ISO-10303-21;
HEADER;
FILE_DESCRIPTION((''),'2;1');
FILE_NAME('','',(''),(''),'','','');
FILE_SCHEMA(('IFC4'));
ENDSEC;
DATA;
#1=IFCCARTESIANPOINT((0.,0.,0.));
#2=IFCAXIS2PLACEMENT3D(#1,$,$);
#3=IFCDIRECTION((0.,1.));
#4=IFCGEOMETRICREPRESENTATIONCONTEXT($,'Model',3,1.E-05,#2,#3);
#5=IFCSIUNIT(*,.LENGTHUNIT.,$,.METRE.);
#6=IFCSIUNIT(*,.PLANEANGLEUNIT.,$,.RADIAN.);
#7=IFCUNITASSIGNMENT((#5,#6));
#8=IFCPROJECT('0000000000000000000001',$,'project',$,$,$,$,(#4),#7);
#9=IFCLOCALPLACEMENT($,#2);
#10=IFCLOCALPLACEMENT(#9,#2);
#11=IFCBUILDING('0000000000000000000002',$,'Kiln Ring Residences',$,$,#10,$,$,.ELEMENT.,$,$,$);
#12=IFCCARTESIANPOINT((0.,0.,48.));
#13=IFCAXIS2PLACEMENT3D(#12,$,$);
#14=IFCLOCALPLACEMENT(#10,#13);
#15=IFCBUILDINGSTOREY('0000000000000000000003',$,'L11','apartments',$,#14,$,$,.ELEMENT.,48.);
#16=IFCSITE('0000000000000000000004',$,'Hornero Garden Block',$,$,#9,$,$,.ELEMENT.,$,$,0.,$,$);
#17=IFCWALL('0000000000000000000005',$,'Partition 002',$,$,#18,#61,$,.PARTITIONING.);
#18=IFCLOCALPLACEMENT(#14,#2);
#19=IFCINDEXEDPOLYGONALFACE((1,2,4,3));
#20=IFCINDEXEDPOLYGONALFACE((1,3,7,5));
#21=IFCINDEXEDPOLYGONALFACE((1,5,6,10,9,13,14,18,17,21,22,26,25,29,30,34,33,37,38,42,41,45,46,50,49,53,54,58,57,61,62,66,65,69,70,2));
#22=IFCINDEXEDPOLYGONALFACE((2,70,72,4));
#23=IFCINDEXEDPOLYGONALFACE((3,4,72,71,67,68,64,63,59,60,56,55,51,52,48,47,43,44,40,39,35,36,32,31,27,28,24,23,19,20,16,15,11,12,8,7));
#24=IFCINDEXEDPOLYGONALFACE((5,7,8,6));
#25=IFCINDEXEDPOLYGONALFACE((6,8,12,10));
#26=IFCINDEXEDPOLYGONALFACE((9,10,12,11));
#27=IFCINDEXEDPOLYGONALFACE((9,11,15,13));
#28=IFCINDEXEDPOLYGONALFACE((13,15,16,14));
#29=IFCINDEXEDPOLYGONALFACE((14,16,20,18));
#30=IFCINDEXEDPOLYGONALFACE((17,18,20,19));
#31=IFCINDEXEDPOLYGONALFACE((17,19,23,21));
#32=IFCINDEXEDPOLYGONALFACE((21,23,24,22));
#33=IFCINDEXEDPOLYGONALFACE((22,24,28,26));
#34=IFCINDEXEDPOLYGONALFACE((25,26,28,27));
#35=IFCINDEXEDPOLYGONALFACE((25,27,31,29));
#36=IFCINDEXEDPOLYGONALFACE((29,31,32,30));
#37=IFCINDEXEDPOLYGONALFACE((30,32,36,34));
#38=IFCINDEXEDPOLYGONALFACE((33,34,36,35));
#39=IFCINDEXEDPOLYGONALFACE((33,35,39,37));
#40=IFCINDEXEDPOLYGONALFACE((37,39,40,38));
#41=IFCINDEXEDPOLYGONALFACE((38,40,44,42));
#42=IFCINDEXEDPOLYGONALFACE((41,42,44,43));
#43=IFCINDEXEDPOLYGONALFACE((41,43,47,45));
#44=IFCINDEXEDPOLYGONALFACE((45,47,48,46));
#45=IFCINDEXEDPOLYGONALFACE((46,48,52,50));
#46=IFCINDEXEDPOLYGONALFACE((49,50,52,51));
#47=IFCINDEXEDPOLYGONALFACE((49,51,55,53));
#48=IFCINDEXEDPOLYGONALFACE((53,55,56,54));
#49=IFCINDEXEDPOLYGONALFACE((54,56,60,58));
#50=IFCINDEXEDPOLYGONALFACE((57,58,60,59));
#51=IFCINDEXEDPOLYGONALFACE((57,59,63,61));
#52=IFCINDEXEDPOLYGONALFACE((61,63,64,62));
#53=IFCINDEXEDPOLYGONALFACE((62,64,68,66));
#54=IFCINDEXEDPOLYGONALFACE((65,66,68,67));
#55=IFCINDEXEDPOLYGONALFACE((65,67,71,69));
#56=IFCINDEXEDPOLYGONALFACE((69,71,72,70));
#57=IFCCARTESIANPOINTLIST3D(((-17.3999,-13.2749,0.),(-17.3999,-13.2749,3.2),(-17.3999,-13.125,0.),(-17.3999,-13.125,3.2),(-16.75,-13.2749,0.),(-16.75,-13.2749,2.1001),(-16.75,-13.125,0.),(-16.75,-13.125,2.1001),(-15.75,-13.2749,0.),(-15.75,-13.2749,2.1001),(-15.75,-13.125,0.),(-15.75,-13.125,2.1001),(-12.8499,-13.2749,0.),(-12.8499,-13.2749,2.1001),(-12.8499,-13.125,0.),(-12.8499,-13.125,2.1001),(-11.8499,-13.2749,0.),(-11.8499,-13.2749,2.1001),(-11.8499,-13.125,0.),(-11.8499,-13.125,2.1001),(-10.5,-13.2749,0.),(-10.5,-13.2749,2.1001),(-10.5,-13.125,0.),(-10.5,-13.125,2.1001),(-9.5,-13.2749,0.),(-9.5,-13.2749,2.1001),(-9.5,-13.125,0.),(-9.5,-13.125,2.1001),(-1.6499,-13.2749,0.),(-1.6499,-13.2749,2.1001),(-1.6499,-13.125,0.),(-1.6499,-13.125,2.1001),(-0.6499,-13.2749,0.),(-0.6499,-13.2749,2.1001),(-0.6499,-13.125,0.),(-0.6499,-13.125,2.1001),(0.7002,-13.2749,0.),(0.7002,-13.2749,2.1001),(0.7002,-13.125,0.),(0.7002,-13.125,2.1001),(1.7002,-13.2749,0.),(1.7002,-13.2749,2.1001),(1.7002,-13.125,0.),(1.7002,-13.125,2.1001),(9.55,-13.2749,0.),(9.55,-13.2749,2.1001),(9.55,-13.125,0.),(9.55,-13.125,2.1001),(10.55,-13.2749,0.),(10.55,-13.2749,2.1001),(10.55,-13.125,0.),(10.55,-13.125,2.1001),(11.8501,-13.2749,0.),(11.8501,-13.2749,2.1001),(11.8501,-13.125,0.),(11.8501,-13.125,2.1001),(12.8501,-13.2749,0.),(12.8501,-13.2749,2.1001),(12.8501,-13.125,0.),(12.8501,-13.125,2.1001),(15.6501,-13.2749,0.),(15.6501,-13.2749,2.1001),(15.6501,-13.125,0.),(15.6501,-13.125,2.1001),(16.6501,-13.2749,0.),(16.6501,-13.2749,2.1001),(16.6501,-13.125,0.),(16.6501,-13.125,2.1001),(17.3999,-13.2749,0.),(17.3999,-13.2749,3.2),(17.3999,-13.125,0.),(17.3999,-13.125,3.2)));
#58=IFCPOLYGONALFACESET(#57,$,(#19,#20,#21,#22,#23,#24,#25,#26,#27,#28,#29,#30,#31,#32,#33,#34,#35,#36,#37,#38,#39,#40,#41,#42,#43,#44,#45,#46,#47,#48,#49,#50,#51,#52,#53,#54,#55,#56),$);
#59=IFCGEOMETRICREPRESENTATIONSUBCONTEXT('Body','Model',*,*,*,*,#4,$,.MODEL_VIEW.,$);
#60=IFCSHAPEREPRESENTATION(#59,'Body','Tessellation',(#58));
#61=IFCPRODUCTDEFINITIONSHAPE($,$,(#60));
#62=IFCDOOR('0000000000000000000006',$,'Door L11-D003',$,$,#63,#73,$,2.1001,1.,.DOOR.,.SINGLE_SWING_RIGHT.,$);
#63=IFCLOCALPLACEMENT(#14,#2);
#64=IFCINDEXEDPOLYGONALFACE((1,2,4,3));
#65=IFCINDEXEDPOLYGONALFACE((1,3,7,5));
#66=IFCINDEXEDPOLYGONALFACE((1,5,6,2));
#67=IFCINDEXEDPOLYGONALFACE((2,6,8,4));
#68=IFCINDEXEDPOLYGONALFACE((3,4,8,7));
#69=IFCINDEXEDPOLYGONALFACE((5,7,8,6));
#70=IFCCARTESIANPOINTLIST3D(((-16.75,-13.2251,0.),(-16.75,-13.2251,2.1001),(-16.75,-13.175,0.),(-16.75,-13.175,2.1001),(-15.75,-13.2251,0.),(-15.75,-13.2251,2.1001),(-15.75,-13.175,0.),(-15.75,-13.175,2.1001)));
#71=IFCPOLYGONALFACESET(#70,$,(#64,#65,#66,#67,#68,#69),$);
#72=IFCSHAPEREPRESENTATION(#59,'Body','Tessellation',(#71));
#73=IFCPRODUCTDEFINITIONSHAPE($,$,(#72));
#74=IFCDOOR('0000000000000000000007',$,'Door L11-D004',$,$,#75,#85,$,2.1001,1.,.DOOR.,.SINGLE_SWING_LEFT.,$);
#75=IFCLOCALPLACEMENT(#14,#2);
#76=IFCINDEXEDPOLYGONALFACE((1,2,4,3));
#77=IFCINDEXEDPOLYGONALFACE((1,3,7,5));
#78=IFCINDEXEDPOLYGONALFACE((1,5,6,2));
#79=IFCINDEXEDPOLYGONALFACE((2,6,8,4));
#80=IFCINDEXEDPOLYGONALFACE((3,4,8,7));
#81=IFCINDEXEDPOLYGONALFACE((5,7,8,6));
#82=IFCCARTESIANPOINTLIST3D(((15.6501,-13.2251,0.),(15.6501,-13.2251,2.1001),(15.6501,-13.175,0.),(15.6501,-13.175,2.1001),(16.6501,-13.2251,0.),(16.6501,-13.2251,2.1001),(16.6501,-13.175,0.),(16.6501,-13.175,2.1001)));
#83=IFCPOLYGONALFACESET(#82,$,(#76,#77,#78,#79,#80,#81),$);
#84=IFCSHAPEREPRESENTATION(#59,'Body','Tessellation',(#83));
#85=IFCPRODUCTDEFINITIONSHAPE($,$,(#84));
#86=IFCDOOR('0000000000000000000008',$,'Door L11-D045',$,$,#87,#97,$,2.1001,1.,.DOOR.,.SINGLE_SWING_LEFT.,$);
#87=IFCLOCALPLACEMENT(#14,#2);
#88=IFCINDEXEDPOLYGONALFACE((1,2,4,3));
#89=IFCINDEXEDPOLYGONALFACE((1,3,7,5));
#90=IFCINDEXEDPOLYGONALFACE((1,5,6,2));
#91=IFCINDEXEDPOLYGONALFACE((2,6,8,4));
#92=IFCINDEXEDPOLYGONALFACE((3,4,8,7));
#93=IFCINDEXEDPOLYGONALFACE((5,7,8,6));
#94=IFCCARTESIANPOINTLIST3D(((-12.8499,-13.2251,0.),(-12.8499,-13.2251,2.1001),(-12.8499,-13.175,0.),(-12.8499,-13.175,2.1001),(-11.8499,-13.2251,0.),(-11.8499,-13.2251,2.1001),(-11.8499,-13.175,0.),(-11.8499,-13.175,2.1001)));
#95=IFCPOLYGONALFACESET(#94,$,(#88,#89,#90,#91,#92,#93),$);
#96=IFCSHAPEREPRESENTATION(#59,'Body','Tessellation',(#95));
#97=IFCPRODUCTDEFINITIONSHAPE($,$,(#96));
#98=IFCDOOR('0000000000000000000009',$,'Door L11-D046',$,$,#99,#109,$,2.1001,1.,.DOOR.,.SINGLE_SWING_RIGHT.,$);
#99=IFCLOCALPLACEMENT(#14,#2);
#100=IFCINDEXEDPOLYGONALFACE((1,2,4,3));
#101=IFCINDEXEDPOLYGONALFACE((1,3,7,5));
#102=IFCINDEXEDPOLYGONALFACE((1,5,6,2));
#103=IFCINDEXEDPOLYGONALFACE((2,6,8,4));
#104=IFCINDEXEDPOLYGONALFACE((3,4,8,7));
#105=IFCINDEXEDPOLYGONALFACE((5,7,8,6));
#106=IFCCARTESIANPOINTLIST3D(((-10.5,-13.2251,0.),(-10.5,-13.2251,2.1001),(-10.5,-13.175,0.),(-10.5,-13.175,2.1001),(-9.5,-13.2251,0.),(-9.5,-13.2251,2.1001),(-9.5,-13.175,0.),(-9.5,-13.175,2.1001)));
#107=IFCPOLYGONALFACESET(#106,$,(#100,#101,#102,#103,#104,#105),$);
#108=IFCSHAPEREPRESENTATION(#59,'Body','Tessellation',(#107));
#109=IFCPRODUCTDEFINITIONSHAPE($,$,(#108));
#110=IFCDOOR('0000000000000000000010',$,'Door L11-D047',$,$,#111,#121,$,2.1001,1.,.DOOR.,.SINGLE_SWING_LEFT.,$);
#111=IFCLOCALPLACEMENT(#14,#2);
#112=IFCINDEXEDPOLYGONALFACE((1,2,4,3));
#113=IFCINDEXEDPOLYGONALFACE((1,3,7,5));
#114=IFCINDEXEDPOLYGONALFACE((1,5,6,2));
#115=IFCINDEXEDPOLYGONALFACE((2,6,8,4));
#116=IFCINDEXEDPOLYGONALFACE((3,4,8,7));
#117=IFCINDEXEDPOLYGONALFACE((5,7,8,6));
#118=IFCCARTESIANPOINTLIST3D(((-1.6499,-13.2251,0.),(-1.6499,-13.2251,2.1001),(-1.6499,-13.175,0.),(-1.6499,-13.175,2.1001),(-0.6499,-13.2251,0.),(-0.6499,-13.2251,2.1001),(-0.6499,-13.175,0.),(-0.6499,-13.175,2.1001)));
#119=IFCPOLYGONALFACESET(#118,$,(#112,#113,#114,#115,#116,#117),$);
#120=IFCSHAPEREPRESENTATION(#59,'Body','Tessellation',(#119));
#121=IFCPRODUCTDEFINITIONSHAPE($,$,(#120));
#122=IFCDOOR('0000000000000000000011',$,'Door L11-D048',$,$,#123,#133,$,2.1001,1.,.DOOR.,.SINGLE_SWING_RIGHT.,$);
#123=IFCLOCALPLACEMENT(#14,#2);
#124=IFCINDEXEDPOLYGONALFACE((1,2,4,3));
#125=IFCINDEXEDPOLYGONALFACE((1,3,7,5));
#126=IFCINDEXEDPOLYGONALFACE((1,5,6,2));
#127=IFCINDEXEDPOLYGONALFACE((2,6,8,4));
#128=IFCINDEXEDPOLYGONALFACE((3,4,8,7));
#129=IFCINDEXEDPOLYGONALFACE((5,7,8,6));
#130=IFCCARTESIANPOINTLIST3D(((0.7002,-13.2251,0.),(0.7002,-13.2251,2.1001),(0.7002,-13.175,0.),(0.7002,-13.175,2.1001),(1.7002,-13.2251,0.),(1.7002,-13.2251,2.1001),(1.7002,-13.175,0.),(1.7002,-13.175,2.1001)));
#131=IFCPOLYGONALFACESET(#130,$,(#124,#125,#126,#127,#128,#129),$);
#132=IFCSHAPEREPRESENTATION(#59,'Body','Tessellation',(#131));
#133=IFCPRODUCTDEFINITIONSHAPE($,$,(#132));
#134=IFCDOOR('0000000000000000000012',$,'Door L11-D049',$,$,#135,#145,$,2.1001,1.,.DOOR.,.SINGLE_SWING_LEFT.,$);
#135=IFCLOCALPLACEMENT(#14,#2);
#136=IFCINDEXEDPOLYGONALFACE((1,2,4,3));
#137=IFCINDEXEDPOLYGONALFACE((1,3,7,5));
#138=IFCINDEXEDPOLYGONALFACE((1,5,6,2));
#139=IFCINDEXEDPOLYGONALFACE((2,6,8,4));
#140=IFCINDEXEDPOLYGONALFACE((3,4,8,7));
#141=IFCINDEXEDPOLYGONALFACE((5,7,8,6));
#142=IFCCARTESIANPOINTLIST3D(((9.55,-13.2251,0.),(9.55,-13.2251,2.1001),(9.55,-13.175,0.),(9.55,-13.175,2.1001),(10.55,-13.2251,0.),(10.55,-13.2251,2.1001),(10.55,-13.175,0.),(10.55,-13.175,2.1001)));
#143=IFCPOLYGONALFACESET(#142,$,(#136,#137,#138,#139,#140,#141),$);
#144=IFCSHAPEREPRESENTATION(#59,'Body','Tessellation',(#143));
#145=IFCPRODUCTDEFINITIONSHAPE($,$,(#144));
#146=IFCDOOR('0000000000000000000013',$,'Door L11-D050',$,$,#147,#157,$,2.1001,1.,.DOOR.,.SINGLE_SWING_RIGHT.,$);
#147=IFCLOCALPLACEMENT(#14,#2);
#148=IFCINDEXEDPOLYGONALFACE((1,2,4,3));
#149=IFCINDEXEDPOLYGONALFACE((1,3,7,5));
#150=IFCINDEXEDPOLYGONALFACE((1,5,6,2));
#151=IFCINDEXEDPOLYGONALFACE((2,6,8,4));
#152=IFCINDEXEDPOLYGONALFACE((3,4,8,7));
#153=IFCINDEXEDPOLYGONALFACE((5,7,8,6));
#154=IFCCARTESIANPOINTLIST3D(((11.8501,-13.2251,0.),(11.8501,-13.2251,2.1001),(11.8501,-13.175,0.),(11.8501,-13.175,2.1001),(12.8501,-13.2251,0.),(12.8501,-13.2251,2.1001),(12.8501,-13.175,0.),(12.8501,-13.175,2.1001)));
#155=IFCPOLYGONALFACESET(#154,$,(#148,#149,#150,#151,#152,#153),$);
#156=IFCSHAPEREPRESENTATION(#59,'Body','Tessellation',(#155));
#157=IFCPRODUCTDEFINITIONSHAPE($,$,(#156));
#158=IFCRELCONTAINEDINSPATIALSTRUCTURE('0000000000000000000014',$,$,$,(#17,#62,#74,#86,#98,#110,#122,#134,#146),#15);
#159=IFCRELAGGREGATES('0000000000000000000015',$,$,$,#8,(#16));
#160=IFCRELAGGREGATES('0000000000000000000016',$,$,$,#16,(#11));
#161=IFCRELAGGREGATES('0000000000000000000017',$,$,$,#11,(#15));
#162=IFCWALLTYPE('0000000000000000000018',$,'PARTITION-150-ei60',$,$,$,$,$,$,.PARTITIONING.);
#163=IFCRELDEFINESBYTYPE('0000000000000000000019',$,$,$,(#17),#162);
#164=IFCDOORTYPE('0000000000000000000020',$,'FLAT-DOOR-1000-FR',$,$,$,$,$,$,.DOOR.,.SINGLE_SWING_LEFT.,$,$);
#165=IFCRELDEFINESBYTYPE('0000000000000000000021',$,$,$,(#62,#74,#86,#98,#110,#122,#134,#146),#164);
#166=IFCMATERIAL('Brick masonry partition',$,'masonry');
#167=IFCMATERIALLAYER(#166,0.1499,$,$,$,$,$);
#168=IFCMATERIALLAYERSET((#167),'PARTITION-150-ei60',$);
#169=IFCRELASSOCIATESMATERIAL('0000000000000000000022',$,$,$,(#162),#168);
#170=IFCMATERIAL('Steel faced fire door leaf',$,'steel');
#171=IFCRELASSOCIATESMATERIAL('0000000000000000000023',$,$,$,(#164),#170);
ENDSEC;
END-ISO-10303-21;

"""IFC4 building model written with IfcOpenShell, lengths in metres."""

from ifc_helpers import new_model, si_unit, direction, frame, frame_2d, origin, place, context, subcontext, project, spatial, rectangle, extrude, material, layer, layer_set, type_object, element, fill, save


model = new_model("IFC4")

# Units and contexts
model_context = context("Model", 3, precision=1e-05, world=origin(), true_north=direction((0.0, 1.0)))
body_context = subcontext(model_context, "Body", "Model", "MODEL_VIEW")
ifc_project = project(units=[si_unit("LENGTHUNIT", "METRE"), si_unit("PLANEANGLEUNIT", "RADIAN")], contexts=[model_context])

# Site, building, storey
site_placement = place(None, origin())
site = spatial("IfcSite", under=ifc_project, at=site_placement, Name="Hornero Garden Block", CompositionType="ELEMENT", RefElevation=0.0)
building_placement = place(site_placement, origin())
building = spatial("IfcBuilding", under=site, at=building_placement, Name="Kiln Ring Residences", CompositionType="ELEMENT")
storey_placement = place(building_placement, frame((0.0, 0.0, 48.0)))
storey = spatial("IfcBuildingStorey", under=building, at=storey_placement, Name="L11", Description="apartments", CompositionType="ELEMENT", Elevation=48.0)

# Wall, openings, doors
ifc_material_1 = material(Name="Brick masonry partition", Category="masonry")
ifc_layer_1 = layer(ifc_material_1, 0.1499)
ifc_layer_set_1 = layer_set([ifc_layer_1], Name="PARTITION-150-ei60")
wall_type_1 = type_object("IfcWallType", Name="PARTITION-150-ei60", PredefinedType="PARTITIONING", material=ifc_layer_set_1)
wall_1_placement = place(storey_placement, frame((-17.3999, -13.2, 0.0), z_axis=(0.0, 0.0, 1.0), x_axis=(1.0, 0.0, 0.0)))
wall_1 = element("IfcWall", 1, at=wall_1_placement, inside=storey, type_object=wall_type_1, Name="Partition 002", PredefinedType="PARTITIONING", context=body_context, shape_type="SweptSolid", body=[
    extrude(rectangle(XDim=34.7998, YDim=0.1499, at=frame_2d((17.3999, 0.0))), origin(), (0.0, 0.0, 1.0), 3.2),
])
opening_1_placement = place(wall_1_placement, frame((0.6499, 0.0, 0.0)))
opening_1 = element("IfcOpeningElement", 2, at=opening_1_placement, cuts=wall_1, PredefinedType="OPENING", context=body_context, shape_type="SweptSolid", body=[
    extrude(rectangle(XDim=1.0, YDim=2.1001, at=frame_2d((0.5, 1.05))), frame((0.0, 0.085, 0.0), z_axis=(0.0, -1.0, 0.0), x_axis=(1.0, 0.0, 0.0)), (0.0, 0.0, 1.0), 0.1699),
])
opening_2_placement = place(wall_1_placement, frame((33.05, 0.0, 0.0)))
opening_2 = element("IfcOpeningElement", 3, at=opening_2_placement, cuts=wall_1, PredefinedType="OPENING", context=body_context, shape_type="SweptSolid", body=[
    extrude(rectangle(XDim=1.0, YDim=2.1001, at=frame_2d((0.5, 1.05))), frame((0.0, 0.085, 0.0), z_axis=(0.0, -1.0, 0.0), x_axis=(1.0, 0.0, 0.0)), (0.0, 0.0, 1.0), 0.1699),
])
opening_3_placement = place(wall_1_placement, frame((4.55, 0.0, 0.0)))
opening_3 = element("IfcOpeningElement", 4, at=opening_3_placement, cuts=wall_1, PredefinedType="OPENING", context=body_context, shape_type="SweptSolid", body=[
    extrude(rectangle(XDim=1.0, YDim=2.1001, at=frame_2d((0.5, 1.05))), frame((0.0, 0.085, 0.0), z_axis=(0.0, -1.0, 0.0), x_axis=(1.0, 0.0, 0.0)), (0.0, 0.0, 1.0), 0.1699),
])
opening_4_placement = place(wall_1_placement, frame((6.8999, 0.0, 0.0)))
opening_4 = element("IfcOpeningElement", 5, at=opening_4_placement, cuts=wall_1, PredefinedType="OPENING", context=body_context, shape_type="SweptSolid", body=[
    extrude(rectangle(XDim=1.0, YDim=2.1001, at=frame_2d((0.5, 1.05))), frame((0.0, 0.085, 0.0), z_axis=(0.0, -1.0, 0.0), x_axis=(1.0, 0.0, 0.0)), (0.0, 0.0, 1.0), 0.1699),
])
opening_5_placement = place(wall_1_placement, frame((15.75, 0.0, 0.0)))
opening_5 = element("IfcOpeningElement", 6, at=opening_5_placement, cuts=wall_1, PredefinedType="OPENING", context=body_context, shape_type="SweptSolid", body=[
    extrude(rectangle(XDim=1.0, YDim=2.1001, at=frame_2d((0.5, 1.05))), frame((0.0, 0.085, 0.0), z_axis=(0.0, -1.0, 0.0), x_axis=(1.0, 0.0, 0.0)), (0.0, 0.0, 1.0), 0.1699),
])
opening_6_placement = place(wall_1_placement, frame((18.1001, 0.0, 0.0)))
opening_6 = element("IfcOpeningElement", 7, at=opening_6_placement, cuts=wall_1, PredefinedType="OPENING", context=body_context, shape_type="SweptSolid", body=[
    extrude(rectangle(XDim=1.0, YDim=2.1001, at=frame_2d((0.5, 1.05))), frame((0.0, 0.085, 0.0), z_axis=(0.0, -1.0, 0.0), x_axis=(1.0, 0.0, 0.0)), (0.0, 0.0, 1.0), 0.1699),
])
opening_7_placement = place(wall_1_placement, frame((26.95, 0.0, 0.0)))
opening_7 = element("IfcOpeningElement", 8, at=opening_7_placement, cuts=wall_1, PredefinedType="OPENING", context=body_context, shape_type="SweptSolid", body=[
    extrude(rectangle(XDim=1.0, YDim=2.1001, at=frame_2d((0.5, 1.05))), frame((0.0, 0.085, 0.0), z_axis=(0.0, -1.0, 0.0), x_axis=(1.0, 0.0, 0.0)), (0.0, 0.0, 1.0), 0.1699),
])
opening_8_placement = place(wall_1_placement, frame((29.25, 0.0, 0.0)))
opening_8 = element("IfcOpeningElement", 9, at=opening_8_placement, cuts=wall_1, PredefinedType="OPENING", context=body_context, shape_type="SweptSolid", body=[
    extrude(rectangle(XDim=1.0, YDim=2.1001, at=frame_2d((0.5, 1.05))), frame((0.0, 0.085, 0.0), z_axis=(0.0, -1.0, 0.0), x_axis=(1.0, 0.0, 0.0)), (0.0, 0.0, 1.0), 0.1699),
])
ifc_material_2 = material(Name="Steel faced fire door leaf", Category="steel")
door_type_1 = type_object("IfcDoorType", Name="FLAT-DOOR-1000-FR", OperationType="SINGLE_SWING_LEFT", PredefinedType="DOOR", material=ifc_material_2)
door_1_placement = place(opening_1_placement, origin())
door_1 = element("IfcDoor", 10, at=door_1_placement, inside=storey, type_object=door_type_1, Name="Door L11-D003", OperationType="SINGLE_SWING_RIGHT", OverallHeight=2.1001, OverallWidth=1.0, PredefinedType="DOOR", context=body_context, shape_type="SweptSolid", body=[
    extrude(rectangle(XDim=1.0, YDim=2.1001, at=frame_2d((0.5, 1.05))), frame((0.0, 0.0249, 0.0), z_axis=(0.0, -1.0, 0.0), x_axis=(1.0, 0.0, 0.0)), (0.0, 0.0, 1.0), 0.05),
])
fill(opening_1, door_1)
door_2_placement = place(opening_2_placement, origin())
door_2 = element("IfcDoor", 11, at=door_2_placement, inside=storey, type_object=door_type_1, Name="Door L11-D004", OperationType="SINGLE_SWING_LEFT", OverallHeight=2.1001, OverallWidth=1.0, PredefinedType="DOOR", context=body_context, shape_type="SweptSolid", body=[
    extrude(rectangle(XDim=1.0, YDim=2.1001, at=frame_2d((0.5, 1.05))), frame((0.0, 0.0249, 0.0), z_axis=(0.0, -1.0, 0.0), x_axis=(1.0, 0.0, 0.0)), (0.0, 0.0, 1.0), 0.05),
])
fill(opening_2, door_2)
door_3_placement = place(opening_3_placement, origin())
door_3 = element("IfcDoor", 12, at=door_3_placement, inside=storey, type_object=door_type_1, Name="Door L11-D045", OperationType="SINGLE_SWING_LEFT", OverallHeight=2.1001, OverallWidth=1.0, PredefinedType="DOOR", context=body_context, shape_type="SweptSolid", body=[
    extrude(rectangle(XDim=1.0, YDim=2.1001, at=frame_2d((0.5, 1.05))), frame((0.0, 0.0249, 0.0), z_axis=(0.0, -1.0, 0.0), x_axis=(1.0, 0.0, 0.0)), (0.0, 0.0, 1.0), 0.05),
])
fill(opening_3, door_3)
door_4_placement = place(opening_4_placement, origin())
door_4 = element("IfcDoor", 13, at=door_4_placement, inside=storey, type_object=door_type_1, Name="Door L11-D046", OperationType="SINGLE_SWING_RIGHT", OverallHeight=2.1001, OverallWidth=1.0, PredefinedType="DOOR", context=body_context, shape_type="SweptSolid", body=[
    extrude(rectangle(XDim=1.0, YDim=2.1001, at=frame_2d((0.5, 1.05))), frame((0.0, 0.0249, 0.0), z_axis=(0.0, -1.0, 0.0), x_axis=(1.0, 0.0, 0.0)), (0.0, 0.0, 1.0), 0.05),
])
fill(opening_4, door_4)
door_5_placement = place(opening_5_placement, origin())
door_5 = element("IfcDoor", 14, at=door_5_placement, inside=storey, type_object=door_type_1, Name="Door L11-D047", OperationType="SINGLE_SWING_LEFT", OverallHeight=2.1001, OverallWidth=1.0, PredefinedType="DOOR", context=body_context, shape_type="SweptSolid", body=[
    extrude(rectangle(XDim=1.0, YDim=2.1001, at=frame_2d((0.5, 1.05))), frame((0.0, 0.0249, 0.0), z_axis=(0.0, -1.0, 0.0), x_axis=(1.0, 0.0, 0.0)), (0.0, 0.0, 1.0), 0.05),
])
fill(opening_5, door_5)
door_6_placement = place(opening_6_placement, origin())
door_6 = element("IfcDoor", 15, at=door_6_placement, inside=storey, type_object=door_type_1, Name="Door L11-D048", OperationType="SINGLE_SWING_RIGHT", OverallHeight=2.1001, OverallWidth=1.0, PredefinedType="DOOR", context=body_context, shape_type="SweptSolid", body=[
    extrude(rectangle(XDim=1.0, YDim=2.1001, at=frame_2d((0.5, 1.05))), frame((0.0, 0.0249, 0.0), z_axis=(0.0, -1.0, 0.0), x_axis=(1.0, 0.0, 0.0)), (0.0, 0.0, 1.0), 0.05),
])
fill(opening_6, door_6)
door_7_placement = place(opening_7_placement, origin())
door_7 = element("IfcDoor", 16, at=door_7_placement, inside=storey, type_object=door_type_1, Name="Door L11-D049", OperationType="SINGLE_SWING_LEFT", OverallHeight=2.1001, OverallWidth=1.0, PredefinedType="DOOR", context=body_context, shape_type="SweptSolid", body=[
    extrude(rectangle(XDim=1.0, YDim=2.1001, at=frame_2d((0.5, 1.05))), frame((0.0, 0.0249, 0.0), z_axis=(0.0, -1.0, 0.0), x_axis=(1.0, 0.0, 0.0)), (0.0, 0.0, 1.0), 0.05),
])
fill(opening_7, door_7)
door_8_placement = place(opening_8_placement, origin())
door_8 = element("IfcDoor", 17, at=door_8_placement, inside=storey, type_object=door_type_1, Name="Door L11-D050", OperationType="SINGLE_SWING_RIGHT", OverallHeight=2.1001, OverallWidth=1.0, PredefinedType="DOOR", context=body_context, shape_type="SweptSolid", body=[
    extrude(rectangle(XDim=1.0, YDim=2.1001, at=frame_2d((0.5, 1.05))), frame((0.0, 0.0249, 0.0), z_axis=(0.0, -1.0, 0.0), x_axis=(1.0, 0.0, 0.0)), (0.0, 0.0, 1.0), 0.05),
])
fill(opening_8, door_8)

save(model, "model.ifc")
